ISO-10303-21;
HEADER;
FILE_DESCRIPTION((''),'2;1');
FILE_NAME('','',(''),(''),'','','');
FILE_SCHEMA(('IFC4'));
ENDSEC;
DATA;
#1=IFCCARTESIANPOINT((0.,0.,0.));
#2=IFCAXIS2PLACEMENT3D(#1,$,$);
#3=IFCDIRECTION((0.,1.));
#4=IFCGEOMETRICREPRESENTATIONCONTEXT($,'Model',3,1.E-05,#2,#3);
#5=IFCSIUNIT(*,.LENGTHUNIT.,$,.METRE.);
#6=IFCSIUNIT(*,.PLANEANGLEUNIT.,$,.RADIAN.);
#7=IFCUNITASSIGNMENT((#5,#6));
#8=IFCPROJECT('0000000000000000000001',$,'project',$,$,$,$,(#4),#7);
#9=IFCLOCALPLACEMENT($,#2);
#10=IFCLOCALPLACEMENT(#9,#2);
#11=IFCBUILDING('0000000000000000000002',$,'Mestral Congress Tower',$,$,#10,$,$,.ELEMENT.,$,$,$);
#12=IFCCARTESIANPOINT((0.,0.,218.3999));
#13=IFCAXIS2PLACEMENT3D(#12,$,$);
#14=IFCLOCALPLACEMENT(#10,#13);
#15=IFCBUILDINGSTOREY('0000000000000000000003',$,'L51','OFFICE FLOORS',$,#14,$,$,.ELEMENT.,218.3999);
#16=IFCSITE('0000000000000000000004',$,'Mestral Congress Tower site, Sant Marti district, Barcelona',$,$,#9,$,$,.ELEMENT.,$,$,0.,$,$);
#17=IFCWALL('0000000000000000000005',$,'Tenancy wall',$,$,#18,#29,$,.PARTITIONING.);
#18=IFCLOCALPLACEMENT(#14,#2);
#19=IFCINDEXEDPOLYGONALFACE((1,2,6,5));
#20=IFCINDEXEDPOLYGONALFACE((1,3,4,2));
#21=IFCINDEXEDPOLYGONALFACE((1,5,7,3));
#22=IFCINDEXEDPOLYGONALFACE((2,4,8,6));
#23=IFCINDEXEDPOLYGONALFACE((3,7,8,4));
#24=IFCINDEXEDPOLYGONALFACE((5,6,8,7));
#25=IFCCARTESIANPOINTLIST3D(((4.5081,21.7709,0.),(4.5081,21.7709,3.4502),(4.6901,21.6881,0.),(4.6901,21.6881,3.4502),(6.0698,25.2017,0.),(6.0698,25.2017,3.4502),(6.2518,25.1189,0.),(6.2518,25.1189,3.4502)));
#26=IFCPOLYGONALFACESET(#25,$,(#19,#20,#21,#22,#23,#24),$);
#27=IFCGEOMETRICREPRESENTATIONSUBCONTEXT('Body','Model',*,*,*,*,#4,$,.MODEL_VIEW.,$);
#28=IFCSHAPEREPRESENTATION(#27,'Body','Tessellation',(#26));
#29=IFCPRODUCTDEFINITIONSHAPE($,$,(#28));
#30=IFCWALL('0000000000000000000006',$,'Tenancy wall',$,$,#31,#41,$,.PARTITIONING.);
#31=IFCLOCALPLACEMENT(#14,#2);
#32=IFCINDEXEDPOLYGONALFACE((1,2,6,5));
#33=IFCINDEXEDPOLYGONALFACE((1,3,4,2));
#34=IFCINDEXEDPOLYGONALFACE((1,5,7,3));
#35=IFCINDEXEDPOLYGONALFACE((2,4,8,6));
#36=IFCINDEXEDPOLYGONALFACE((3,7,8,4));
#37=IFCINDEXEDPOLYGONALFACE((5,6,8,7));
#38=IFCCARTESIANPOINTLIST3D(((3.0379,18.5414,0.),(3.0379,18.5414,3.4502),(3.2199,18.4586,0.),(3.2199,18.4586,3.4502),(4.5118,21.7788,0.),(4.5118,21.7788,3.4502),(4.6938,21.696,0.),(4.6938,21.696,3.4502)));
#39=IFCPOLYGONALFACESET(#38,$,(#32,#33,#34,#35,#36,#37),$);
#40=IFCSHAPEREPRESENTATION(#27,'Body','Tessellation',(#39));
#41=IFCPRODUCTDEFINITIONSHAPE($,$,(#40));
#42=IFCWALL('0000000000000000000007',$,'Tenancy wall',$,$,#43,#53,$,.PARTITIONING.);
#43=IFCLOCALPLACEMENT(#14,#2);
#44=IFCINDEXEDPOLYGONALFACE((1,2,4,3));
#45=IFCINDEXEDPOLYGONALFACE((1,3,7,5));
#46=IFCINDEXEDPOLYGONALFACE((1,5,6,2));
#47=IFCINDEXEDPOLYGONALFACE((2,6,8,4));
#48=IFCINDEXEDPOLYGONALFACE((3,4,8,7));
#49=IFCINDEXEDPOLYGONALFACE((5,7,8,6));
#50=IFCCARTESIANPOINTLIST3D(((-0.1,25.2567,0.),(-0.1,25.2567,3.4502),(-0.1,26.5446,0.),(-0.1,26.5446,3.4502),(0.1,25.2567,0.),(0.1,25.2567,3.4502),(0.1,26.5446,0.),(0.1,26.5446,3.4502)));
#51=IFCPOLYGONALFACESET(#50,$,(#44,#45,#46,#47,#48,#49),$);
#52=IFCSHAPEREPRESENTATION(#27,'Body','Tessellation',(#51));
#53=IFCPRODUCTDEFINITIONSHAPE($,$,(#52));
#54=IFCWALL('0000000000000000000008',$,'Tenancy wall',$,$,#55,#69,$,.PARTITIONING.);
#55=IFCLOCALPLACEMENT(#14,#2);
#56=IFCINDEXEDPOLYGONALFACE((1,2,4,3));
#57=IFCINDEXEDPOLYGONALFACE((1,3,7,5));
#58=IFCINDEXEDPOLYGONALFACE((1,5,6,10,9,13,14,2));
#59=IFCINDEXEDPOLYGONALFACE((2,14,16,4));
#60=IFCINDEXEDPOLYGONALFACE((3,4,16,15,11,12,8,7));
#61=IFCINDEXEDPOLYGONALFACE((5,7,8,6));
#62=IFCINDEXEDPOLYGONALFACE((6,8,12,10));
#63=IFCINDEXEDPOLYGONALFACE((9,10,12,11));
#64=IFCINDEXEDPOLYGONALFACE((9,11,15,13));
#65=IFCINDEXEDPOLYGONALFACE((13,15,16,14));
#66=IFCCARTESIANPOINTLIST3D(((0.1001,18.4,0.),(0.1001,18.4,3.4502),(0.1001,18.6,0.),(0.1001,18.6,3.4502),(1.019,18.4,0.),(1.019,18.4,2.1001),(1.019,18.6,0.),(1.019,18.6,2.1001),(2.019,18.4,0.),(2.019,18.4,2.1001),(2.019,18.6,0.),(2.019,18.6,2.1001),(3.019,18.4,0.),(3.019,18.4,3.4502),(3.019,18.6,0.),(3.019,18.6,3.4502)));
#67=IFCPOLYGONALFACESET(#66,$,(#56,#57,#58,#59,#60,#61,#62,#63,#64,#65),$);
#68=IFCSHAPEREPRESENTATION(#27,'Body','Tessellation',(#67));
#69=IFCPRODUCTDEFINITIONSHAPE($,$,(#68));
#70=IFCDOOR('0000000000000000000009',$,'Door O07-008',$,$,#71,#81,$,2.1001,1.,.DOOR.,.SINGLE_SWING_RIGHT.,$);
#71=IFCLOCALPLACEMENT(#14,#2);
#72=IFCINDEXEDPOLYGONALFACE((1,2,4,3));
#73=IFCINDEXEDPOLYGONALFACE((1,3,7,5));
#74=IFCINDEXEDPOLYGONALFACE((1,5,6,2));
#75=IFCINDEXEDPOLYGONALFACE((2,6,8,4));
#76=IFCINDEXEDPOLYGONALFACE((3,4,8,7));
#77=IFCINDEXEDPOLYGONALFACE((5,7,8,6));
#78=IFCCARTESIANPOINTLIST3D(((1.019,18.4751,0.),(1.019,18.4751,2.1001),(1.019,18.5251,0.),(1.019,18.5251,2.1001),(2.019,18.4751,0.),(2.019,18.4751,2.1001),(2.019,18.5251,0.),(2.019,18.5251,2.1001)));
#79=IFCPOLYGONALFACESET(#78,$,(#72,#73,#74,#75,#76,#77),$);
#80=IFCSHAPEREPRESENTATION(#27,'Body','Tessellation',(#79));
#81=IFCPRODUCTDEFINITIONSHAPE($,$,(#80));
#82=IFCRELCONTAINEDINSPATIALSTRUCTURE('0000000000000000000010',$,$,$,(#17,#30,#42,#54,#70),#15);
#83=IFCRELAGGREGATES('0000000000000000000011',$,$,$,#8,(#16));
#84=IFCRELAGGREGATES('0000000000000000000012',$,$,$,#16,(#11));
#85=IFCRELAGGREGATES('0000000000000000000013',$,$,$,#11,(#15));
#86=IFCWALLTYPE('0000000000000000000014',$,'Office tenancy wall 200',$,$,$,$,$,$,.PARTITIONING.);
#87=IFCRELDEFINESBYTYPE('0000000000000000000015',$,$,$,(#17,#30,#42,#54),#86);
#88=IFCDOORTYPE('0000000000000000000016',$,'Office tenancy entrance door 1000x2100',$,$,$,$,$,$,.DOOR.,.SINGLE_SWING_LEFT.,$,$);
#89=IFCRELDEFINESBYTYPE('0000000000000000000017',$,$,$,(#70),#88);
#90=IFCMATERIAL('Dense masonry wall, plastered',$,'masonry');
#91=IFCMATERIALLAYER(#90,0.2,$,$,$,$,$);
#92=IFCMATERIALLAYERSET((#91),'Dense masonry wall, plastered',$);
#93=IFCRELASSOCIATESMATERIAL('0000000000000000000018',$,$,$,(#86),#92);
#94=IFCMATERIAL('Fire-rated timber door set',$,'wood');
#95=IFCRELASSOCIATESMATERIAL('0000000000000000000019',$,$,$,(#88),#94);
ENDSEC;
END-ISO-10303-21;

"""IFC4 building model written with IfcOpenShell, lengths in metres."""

from ifc_helpers import new_model, si_unit, direction, frame, frame_2d, origin, place, context, subcontext, project, spatial, rectangle, extrude, material, layer, layer_set, type_object, element, fill, save


model = new_model("IFC4")

# Units and contexts
model_context = context("Model", 3, precision=1e-05, world=origin(), true_north=direction((0.0, 1.0)))
body_context = subcontext(model_context, "Body", "Model", "MODEL_VIEW")
ifc_project = project(units=[si_unit("LENGTHUNIT", "METRE"), si_unit("PLANEANGLEUNIT", "RADIAN")], contexts=[model_context])

# Site, building, storey
site_placement = place(None, origin())
site = spatial("IfcSite", under=ifc_project, at=site_placement, Name="Mestral Congress Tower site, Sant Marti district, Barcelona", CompositionType="ELEMENT", RefElevation=0.0)
building_placement = place(site_placement, origin())
building = spatial("IfcBuilding", under=site, at=building_placement, Name="Mestral Congress Tower", CompositionType="ELEMENT")
storey_placement = place(building_placement, frame((0.0, 0.0, 218.3999)))
storey = spatial("IfcBuildingStorey", under=building, at=storey_placement, Name="L51", Description="OFFICE FLOORS", CompositionType="ELEMENT", Elevation=218.3999)

# Walls
ifc_material_1 = material(Name="Dense masonry wall, plastered", Category="masonry")
ifc_layer_1 = layer(ifc_material_1, 0.2)
ifc_layer_set_1 = layer_set([ifc_layer_1], Name="Dense masonry wall, plastered")
wall_type_1 = type_object("IfcWallType", Name="Office tenancy wall 200", PredefinedType="PARTITIONING", material=ifc_layer_set_1)
wall_1_placement = place(storey_placement, frame((4.5991, 21.7295, 0.0), z_axis=(0.0, 0.0, 1.0), x_axis=(0.414301, 0.91014, 0.0)))
element("IfcWall", 1, at=wall_1_placement, inside=storey, type_object=wall_type_1, Name="Tenancy wall", PredefinedType="PARTITIONING", context=body_context, shape_type="SweptSolid", body=[
    extrude(rectangle(XDim=3.7695, YDim=0.2, at=frame_2d((1.8848, 0.0))), origin(), (0.0, 0.0, 1.0), 3.4502),
])
wall_2_placement = place(storey_placement, frame((3.1289, 18.5, 0.0), z_axis=(0.0, 0.0, 1.0), x_axis=(0.414356, 0.910115, 0.0)))
element("IfcWall", 2, at=wall_2_placement, inside=storey, type_object=wall_type_1, Name="Tenancy wall", PredefinedType="PARTITIONING", context=body_context, shape_type="SweptSolid", body=[
    extrude(rectangle(XDim=3.5571, YDim=0.2, at=frame_2d((1.7786, 0.0))), origin(), (0.0, 0.0, 1.0), 3.4502),
])
wall_3_placement = place(storey_placement, frame((0.0, 25.2566, 0.0), z_axis=(0.0, 0.0, 1.0), x_axis=(0.0, 1.0, 0.0)))
element("IfcWall", 3, at=wall_3_placement, inside=storey, type_object=wall_type_1, Name="Tenancy wall", PredefinedType="PARTITIONING", context=body_context, shape_type="SweptSolid", body=[
    extrude(rectangle(XDim=1.2878, YDim=0.2, at=frame_2d((0.644, 0.0))), origin(), (0.0, 0.0, 1.0), 3.4502),
])

# Wall, opening, door
wall_4_placement = place(storey_placement, frame((3.019, 18.5, 0.0), z_axis=(0.0, 0.0, 1.0), x_axis=(-1.0, 0.0, 0.0)))
wall_4 = element("IfcWall", 4, at=wall_4_placement, inside=storey, type_object=wall_type_1, Name="Tenancy wall", PredefinedType="PARTITIONING", context=body_context, shape_type="SweptSolid", body=[
    extrude(rectangle(XDim=2.9189, YDim=0.2, at=frame_2d((1.4595, 0.0))), origin(), (0.0, 0.0, 1.0), 3.4502),
])
opening_1_placement = place(wall_4_placement, frame((1.0, 0.0, 0.0)))
opening_1 = element("IfcOpeningElement", 5, at=opening_1_placement, cuts=wall_4, PredefinedType="OPENING", context=body_context, shape_type="SweptSolid", body=[
    extrude(rectangle(XDim=1.0, YDim=2.1001, at=frame_2d((0.5, 1.05))), frame((0.0, 0.1099, 0.0), z_axis=(0.0, -1.0, 0.0), x_axis=(1.0, 0.0, 0.0)), (0.0, 0.0, 1.0), 0.22),
])
ifc_material_2 = material(Name="Fire-rated timber door set", Category="wood")
door_type_1 = type_object("IfcDoorType", Name="Office tenancy entrance door 1000x2100", OperationType="SINGLE_SWING_LEFT", PredefinedType="DOOR", material=ifc_material_2)
door_1_placement = place(opening_1_placement, origin())
door_1 = element("IfcDoor", 6, at=door_1_placement, inside=storey, type_object=door_type_1, Name="Door O07-008", OperationType="SINGLE_SWING_RIGHT", OverallHeight=2.1001, OverallWidth=1.0, PredefinedType="DOOR", context=body_context, shape_type="SweptSolid", body=[
    extrude(rectangle(XDim=1.0, YDim=2.1001, at=frame_2d((0.5, 1.05))), frame((0.0, 0.0249, 0.0), z_axis=(0.0, -1.0, 0.0), x_axis=(1.0, 0.0, 0.0)), (0.0, 0.0, 1.0), 0.05),
])
fill(opening_1, door_1)

save(model, "model.ifc")
